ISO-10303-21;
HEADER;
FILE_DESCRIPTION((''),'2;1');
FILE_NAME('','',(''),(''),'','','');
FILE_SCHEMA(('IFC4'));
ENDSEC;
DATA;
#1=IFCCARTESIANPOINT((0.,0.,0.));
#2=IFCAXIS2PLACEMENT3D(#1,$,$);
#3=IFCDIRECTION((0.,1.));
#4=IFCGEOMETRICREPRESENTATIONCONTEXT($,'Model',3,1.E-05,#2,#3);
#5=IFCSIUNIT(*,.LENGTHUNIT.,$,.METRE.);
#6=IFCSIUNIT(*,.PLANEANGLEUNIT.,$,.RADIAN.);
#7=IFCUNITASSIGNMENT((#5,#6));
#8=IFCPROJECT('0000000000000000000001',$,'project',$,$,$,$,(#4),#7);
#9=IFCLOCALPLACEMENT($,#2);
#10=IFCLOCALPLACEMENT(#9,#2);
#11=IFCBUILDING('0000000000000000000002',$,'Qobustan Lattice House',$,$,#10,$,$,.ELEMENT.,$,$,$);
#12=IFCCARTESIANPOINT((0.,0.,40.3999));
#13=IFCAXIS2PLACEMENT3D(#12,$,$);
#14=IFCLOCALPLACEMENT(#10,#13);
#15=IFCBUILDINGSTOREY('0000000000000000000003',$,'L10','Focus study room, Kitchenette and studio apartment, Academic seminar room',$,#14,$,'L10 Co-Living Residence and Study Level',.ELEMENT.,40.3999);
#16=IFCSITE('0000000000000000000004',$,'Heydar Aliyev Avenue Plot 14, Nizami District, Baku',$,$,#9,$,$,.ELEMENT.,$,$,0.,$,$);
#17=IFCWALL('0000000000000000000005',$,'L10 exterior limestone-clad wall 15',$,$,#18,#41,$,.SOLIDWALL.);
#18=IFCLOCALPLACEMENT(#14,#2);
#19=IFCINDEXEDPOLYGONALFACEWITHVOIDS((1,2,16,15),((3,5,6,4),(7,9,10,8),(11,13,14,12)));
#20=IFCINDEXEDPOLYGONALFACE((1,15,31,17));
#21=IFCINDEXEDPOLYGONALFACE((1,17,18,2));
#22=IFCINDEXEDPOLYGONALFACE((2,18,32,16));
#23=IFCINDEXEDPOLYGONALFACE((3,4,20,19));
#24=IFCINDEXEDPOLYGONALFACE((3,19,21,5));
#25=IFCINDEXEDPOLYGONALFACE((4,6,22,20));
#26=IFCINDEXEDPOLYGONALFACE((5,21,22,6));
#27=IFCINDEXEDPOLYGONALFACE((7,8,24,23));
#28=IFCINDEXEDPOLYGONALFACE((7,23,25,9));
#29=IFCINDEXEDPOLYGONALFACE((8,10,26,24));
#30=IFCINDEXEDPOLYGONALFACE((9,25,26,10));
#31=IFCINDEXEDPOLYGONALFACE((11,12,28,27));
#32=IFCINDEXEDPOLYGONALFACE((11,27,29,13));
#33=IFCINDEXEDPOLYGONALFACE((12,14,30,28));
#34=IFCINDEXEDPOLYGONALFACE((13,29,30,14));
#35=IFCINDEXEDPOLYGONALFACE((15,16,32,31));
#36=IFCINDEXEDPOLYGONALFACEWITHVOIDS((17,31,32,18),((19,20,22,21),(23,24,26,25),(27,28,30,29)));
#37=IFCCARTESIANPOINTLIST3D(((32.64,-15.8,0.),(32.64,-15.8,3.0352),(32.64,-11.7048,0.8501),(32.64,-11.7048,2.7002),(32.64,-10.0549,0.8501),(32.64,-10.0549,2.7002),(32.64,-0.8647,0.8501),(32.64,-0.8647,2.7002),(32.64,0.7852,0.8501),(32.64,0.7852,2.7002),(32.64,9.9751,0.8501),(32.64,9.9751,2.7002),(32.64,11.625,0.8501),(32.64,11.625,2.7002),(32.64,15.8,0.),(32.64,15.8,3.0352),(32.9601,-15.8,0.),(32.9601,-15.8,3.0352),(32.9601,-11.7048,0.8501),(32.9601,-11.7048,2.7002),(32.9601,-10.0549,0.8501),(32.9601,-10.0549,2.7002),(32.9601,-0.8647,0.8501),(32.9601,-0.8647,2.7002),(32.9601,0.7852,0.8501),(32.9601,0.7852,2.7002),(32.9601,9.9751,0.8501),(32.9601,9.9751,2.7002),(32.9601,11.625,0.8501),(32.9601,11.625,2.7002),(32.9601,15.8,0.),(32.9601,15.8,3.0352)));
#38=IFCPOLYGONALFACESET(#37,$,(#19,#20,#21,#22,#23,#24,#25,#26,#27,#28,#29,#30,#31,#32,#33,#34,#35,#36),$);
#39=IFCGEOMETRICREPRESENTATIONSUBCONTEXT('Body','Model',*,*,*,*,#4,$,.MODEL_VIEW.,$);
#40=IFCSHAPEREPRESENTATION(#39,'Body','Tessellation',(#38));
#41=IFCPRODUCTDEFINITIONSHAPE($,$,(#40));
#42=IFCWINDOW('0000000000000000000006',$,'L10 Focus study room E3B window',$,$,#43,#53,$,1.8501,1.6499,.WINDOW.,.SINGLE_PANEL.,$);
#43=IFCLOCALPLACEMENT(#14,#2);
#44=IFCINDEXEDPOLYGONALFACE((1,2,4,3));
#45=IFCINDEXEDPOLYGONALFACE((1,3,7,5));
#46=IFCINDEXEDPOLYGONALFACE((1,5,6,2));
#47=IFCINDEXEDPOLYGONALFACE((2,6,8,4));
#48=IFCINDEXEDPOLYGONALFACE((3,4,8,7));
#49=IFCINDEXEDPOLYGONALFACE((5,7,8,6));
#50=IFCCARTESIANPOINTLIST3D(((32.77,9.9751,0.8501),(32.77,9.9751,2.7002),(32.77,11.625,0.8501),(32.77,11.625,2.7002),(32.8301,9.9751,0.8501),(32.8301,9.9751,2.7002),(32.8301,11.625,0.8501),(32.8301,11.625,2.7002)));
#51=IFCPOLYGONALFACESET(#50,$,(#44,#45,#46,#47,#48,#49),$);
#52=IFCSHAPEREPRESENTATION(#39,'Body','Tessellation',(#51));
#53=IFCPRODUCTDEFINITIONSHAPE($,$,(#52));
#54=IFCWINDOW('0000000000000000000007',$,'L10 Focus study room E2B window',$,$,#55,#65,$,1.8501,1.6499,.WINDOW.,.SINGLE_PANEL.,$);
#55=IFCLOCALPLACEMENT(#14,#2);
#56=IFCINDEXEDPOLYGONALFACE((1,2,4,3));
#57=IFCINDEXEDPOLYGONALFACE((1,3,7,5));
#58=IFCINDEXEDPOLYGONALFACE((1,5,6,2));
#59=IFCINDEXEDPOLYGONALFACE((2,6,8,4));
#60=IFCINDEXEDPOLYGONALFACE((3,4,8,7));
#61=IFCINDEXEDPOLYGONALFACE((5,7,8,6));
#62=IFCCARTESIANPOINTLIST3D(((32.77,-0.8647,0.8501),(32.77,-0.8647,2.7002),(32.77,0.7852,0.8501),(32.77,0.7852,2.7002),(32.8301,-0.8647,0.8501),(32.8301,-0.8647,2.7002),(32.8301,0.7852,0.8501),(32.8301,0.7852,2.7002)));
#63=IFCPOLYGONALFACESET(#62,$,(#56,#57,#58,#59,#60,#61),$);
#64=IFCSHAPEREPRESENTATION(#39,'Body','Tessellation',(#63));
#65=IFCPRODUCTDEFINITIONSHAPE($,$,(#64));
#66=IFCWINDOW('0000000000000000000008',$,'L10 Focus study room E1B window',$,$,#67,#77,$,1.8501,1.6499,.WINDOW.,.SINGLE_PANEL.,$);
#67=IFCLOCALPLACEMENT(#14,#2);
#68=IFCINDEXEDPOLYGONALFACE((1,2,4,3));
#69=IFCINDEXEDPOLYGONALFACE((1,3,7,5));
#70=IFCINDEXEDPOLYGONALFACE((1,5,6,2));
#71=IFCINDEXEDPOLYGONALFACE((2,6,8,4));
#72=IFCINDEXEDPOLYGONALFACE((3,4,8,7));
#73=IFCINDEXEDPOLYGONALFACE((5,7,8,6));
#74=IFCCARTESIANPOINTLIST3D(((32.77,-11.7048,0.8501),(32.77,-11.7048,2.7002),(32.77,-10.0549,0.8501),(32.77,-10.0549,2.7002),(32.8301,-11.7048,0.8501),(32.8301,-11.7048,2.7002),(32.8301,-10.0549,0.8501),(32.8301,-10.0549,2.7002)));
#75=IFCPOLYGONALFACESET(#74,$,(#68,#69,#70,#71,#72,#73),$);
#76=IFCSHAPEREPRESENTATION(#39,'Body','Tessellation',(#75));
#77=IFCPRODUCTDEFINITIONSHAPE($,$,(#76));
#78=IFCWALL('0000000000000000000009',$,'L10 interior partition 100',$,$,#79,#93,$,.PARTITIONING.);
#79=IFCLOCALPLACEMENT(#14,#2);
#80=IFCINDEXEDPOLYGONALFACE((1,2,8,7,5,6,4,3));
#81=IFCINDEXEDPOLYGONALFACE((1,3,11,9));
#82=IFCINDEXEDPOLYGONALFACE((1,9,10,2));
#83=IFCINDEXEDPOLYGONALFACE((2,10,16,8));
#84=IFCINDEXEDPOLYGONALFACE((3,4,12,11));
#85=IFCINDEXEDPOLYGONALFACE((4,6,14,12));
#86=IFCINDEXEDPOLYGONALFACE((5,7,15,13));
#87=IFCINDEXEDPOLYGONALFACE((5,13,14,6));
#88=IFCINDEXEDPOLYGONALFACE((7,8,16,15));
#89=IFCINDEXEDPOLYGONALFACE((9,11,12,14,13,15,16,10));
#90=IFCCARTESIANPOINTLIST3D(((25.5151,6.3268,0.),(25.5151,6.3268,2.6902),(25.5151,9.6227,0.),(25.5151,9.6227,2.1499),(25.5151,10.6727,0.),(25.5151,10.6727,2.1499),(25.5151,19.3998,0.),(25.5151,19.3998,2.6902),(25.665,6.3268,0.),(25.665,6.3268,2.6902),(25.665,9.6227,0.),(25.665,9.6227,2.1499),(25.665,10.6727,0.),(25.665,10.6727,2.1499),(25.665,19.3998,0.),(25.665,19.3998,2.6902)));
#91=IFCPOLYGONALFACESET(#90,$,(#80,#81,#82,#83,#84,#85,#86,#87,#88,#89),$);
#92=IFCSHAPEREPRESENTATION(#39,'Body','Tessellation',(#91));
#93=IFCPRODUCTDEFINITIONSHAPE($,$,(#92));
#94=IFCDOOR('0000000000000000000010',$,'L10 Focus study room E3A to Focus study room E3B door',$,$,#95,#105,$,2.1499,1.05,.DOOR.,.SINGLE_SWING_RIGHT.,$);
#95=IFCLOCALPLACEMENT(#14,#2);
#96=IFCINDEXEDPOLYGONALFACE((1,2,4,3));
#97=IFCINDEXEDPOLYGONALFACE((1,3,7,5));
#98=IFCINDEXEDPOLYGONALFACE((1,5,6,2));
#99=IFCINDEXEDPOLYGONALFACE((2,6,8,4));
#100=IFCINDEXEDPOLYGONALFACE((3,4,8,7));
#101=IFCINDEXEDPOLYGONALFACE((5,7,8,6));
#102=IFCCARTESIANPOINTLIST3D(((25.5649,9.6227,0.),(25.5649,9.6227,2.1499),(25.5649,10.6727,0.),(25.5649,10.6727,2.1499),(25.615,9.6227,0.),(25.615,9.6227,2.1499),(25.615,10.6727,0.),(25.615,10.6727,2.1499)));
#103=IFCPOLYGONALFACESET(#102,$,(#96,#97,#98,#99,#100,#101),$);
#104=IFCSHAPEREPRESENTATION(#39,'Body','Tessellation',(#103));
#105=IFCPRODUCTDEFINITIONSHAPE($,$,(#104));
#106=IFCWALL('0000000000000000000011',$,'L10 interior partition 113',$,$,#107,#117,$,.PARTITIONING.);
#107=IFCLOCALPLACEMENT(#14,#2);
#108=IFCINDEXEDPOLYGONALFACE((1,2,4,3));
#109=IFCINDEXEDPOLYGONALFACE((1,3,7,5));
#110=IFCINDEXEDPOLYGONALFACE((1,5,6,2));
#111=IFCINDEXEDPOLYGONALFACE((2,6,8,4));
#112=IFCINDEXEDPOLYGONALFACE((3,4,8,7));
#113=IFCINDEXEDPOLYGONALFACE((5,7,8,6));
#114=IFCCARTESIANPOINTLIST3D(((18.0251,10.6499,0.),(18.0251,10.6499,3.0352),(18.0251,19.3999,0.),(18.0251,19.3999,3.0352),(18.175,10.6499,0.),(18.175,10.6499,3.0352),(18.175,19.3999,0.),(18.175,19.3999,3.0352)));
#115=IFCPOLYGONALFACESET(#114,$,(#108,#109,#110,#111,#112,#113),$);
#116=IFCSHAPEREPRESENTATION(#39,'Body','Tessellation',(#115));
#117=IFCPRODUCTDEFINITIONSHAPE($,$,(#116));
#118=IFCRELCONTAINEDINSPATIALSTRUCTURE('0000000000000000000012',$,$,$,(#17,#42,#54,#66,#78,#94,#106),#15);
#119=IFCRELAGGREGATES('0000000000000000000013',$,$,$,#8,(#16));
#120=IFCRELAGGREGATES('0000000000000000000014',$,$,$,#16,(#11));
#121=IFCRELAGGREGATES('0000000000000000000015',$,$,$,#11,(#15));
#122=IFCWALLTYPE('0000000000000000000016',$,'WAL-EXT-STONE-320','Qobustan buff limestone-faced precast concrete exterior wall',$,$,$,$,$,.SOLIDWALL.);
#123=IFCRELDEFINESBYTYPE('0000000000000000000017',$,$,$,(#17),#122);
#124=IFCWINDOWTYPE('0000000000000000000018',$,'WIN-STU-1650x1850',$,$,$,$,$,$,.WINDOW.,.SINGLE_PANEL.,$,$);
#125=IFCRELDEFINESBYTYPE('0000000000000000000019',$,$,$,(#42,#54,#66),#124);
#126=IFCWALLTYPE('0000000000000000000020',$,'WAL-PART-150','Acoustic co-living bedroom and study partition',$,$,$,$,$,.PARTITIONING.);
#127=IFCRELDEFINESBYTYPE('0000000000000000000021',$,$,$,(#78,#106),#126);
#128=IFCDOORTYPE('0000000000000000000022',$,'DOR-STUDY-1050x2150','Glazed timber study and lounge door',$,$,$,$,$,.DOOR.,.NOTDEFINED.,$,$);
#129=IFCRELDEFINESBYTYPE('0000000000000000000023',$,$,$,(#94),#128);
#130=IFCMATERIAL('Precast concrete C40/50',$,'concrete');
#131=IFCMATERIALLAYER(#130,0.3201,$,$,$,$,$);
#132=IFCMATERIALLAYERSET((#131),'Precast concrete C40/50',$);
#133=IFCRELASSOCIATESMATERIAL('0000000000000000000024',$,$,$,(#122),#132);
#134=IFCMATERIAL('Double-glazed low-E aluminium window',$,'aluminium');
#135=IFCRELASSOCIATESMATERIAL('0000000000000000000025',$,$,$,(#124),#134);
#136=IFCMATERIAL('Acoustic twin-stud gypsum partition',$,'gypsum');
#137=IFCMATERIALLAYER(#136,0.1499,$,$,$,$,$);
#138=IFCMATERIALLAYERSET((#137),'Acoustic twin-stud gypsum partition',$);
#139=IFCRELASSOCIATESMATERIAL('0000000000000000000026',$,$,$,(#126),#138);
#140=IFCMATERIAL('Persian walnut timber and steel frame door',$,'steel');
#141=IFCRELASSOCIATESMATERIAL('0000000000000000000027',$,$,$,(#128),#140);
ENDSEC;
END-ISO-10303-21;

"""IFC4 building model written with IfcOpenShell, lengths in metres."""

from ifc_helpers import new_model, si_unit, direction, frame, frame_2d, origin, place, context, subcontext, project, spatial, rectangle, extrude, material, layer, layer_set, type_object, element, fill, save


model = new_model("IFC4")

# Units and contexts
model_context = context("Model", 3, precision=1e-05, world=origin(), true_north=direction((0.0, 1.0)))
body_context = subcontext(model_context, "Body", "Model", "MODEL_VIEW")
ifc_project = project(units=[si_unit("LENGTHUNIT", "METRE"), si_unit("PLANEANGLEUNIT", "RADIAN")], contexts=[model_context])

# Site, building, storey
site_placement = place(None, origin())
site = spatial("IfcSite", under=ifc_project, at=site_placement, Name="Heydar Aliyev Avenue Plot 14, Nizami District, Baku", CompositionType="ELEMENT", RefElevation=0.0)
building_placement = place(site_placement, origin())
building = spatial("IfcBuilding", under=site, at=building_placement, Name="Qobustan Lattice House", CompositionType="ELEMENT")
storey_placement = place(building_placement, frame((0.0, 0.0, 40.3999)))
storey = spatial("IfcBuildingStorey", under=building, at=storey_placement, Name="L10", Description="Focus study room, Kitchenette and studio apartment, Academic seminar room", LongName="L10 Co-Living Residence and Study Level", CompositionType="ELEMENT", Elevation=40.3999)

# Shared definitions
ifc_material_1 = material(Name="Precast concrete C40/50", Category="concrete")
ifc_layer_1 = layer(ifc_material_1, 0.3201)
ifc_layer_set_1 = layer_set([ifc_layer_1], Name="Precast concrete C40/50")
wall_type_1 = type_object("IfcWallType", Name="WAL-EXT-STONE-320", Description="Qobustan buff limestone-faced precast concrete exterior wall", PredefinedType="SOLIDWALL", material=ifc_layer_set_1)

# Wall, openings, windows
wall_1_placement = place(storey_placement, frame((32.8, 15.8, 0.0), z_axis=(0.0, 0.0, 1.0), x_axis=(0.0, -1.0, 0.0)))
wall_1 = element("IfcWall", 1, at=wall_1_placement, inside=storey, type_object=wall_type_1, Name="L10 exterior limestone-clad wall 15", PredefinedType="SOLIDWALL", context=body_context, shape_type="SweptSolid", body=[
    extrude(rectangle(XDim=31.6001, YDim=0.3201, at=frame_2d((15.8, 0.0))), origin(), (0.0, 0.0, 1.0), 3.0352),
])
opening_1_placement = place(wall_1_placement, frame((4.175, 0.0, 0.8501)))
opening_1 = element("IfcOpeningElement", 2, at=opening_1_placement, cuts=wall_1, PredefinedType="OPENING", context=body_context, shape_type="SweptSolid", body=[
    extrude(rectangle(XDim=1.6499, YDim=1.8501, at=frame_2d((0.825, 0.925))), frame((0.0, 0.1699, 0.0), z_axis=(0.0, -1.0, 0.0), x_axis=(1.0, 0.0, 0.0)), (0.0, 0.0, 1.0), 0.3401),
])
opening_2_placement = place(wall_1_placement, frame((15.0149, 0.0, 0.8501)))
opening_2 = element("IfcOpeningElement", 3, at=opening_2_placement, cuts=wall_1, PredefinedType="OPENING", context=body_context, shape_type="SweptSolid", body=[
    extrude(rectangle(XDim=1.6499, YDim=1.8501, at=frame_2d((0.825, 0.925))), frame((0.0, 0.1699, 0.0), z_axis=(0.0, -1.0, 0.0), x_axis=(1.0, 0.0, 0.0)), (0.0, 0.0, 1.0), 0.3401),
])
opening_3_placement = place(wall_1_placement, frame((25.855, 0.0, 0.8501)))
opening_3 = element("IfcOpeningElement", 4, at=opening_3_placement, cuts=wall_1, PredefinedType="OPENING", context=body_context, shape_type="SweptSolid", body=[
    extrude(rectangle(XDim=1.6499, YDim=1.8501, at=frame_2d((0.825, 0.925))), frame((0.0, 0.1699, 0.0), z_axis=(0.0, -1.0, 0.0), x_axis=(1.0, 0.0, 0.0)), (0.0, 0.0, 1.0), 0.3401),
])
ifc_material_2 = material(Name="Double-glazed low-E aluminium window", Category="aluminium")
window_type = type_object("IfcWindowType", Name="WIN-STU-1650x1850", PartitioningType="SINGLE_PANEL", PredefinedType="WINDOW", material=ifc_material_2)
window_1_placement = place(opening_1_placement, origin())
window_1 = element("IfcWindow", 5, at=window_1_placement, inside=storey, type_object=window_type, Name="L10 Focus study room E3B window", OverallHeight=1.8501, OverallWidth=1.6499, PartitioningType="SINGLE_PANEL", PredefinedType="WINDOW", context=body_context, shape_type="SweptSolid", body=[
    extrude(rectangle(XDim=1.6499, YDim=1.8501, at=frame_2d((0.825, 0.925))), frame((0.0, 0.03, 0.0), z_axis=(0.0, -1.0, 0.0), x_axis=(1.0, 0.0, 0.0)), (0.0, 0.0, 1.0), 0.0601),
])
fill(opening_1, window_1)
window_2_placement = place(opening_2_placement, origin())
window_2 = element("IfcWindow", 6, at=window_2_placement, inside=storey, type_object=window_type, Name="L10 Focus study room E2B window", OverallHeight=1.8501, OverallWidth=1.6499, PartitioningType="SINGLE_PANEL", PredefinedType="WINDOW", context=body_context, shape_type="SweptSolid", body=[
    extrude(rectangle(XDim=1.6499, YDim=1.8501, at=frame_2d((0.825, 0.925))), frame((0.0, 0.03, 0.0), z_axis=(0.0, -1.0, 0.0), x_axis=(1.0, 0.0, 0.0)), (0.0, 0.0, 1.0), 0.0601),
])
fill(opening_2, window_2)
window_3_placement = place(opening_3_placement, origin())
window_3 = element("IfcWindow", 7, at=window_3_placement, inside=storey, type_object=window_type, Name="L10 Focus study room E1B window", OverallHeight=1.8501, OverallWidth=1.6499, PartitioningType="SINGLE_PANEL", PredefinedType="WINDOW", context=body_context, shape_type="SweptSolid", body=[
    extrude(rectangle(XDim=1.6499, YDim=1.8501, at=frame_2d((0.825, 0.925))), frame((0.0, 0.03, 0.0), z_axis=(0.0, -1.0, 0.0), x_axis=(1.0, 0.0, 0.0)), (0.0, 0.0, 1.0), 0.0601),
])
fill(opening_3, window_3)

# Wall, opening, door
ifc_material_3 = material(Name="Acoustic twin-stud gypsum partition", Category="gypsum")
ifc_layer_2 = layer(ifc_material_3, 0.1499)
ifc_layer_set_2 = layer_set([ifc_layer_2], Name="Acoustic twin-stud gypsum partition")
wall_type_2 = type_object("IfcWallType", Name="WAL-PART-150", Description="Acoustic co-living bedroom and study partition", PredefinedType="PARTITIONING", material=ifc_layer_set_2)
wall_2_placement = place(storey_placement, frame((25.5901, 19.3999, 0.0), z_axis=(0.0, 0.0, 1.0), x_axis=(0.0, -1.0, 0.0)))
wall_2 = element("IfcWall", 8, at=wall_2_placement, inside=storey, type_object=wall_type_2, Name="L10 interior partition 100", PredefinedType="PARTITIONING", context=body_context, shape_type="SweptSolid", body=[
    extrude(rectangle(XDim=13.073, YDim=0.1499, at=frame_2d((6.5366, 0.0))), origin(), (0.0, 0.0, 1.0), 2.6902),
])
opening_4_placement = place(wall_2_placement, frame((8.7273, 0.0, 0.0)))
opening_4 = element("IfcOpeningElement", 9, at=opening_4_placement, cuts=wall_2, PredefinedType="OPENING", context=body_context, shape_type="SweptSolid", body=[
    extrude(rectangle(XDim=1.05, YDim=2.1499, at=frame_2d((0.5249, 1.075))), frame((0.0, 0.085, 0.0), z_axis=(0.0, -1.0, 0.0), x_axis=(1.0, 0.0, 0.0)), (0.0, 0.0, 1.0), 0.1699),
])
ifc_material_4 = material(Name="Persian walnut timber and steel frame door", Category="steel")
door_type = type_object("IfcDoorType", Name="DOR-STUDY-1050x2150", Description="Glazed timber study and lounge door", OperationType="NOTDEFINED", PredefinedType="DOOR", material=ifc_material_4)
door_placement = place(opening_4_placement, origin())
door = element("IfcDoor", 10, at=door_placement, inside=storey, type_object=door_type, Name="L10 Focus study room E3A to Focus study room E3B door", OperationType="SINGLE_SWING_RIGHT", OverallHeight=2.1499, OverallWidth=1.05, PredefinedType="DOOR", context=body_context, shape_type="SweptSolid", body=[
    extrude(rectangle(XDim=1.05, YDim=2.1499, at=frame_2d((0.5249, 1.075))), frame((0.0, 0.0249, 0.0), z_axis=(0.0, -1.0, 0.0), x_axis=(1.0, 0.0, 0.0)), (0.0, 0.0, 1.0), 0.05),
])
fill(opening_4, door)

# Wall
wall_3_placement = place(storey_placement, frame((18.1001, 19.3999, 0.0), z_axis=(0.0, 0.0, 1.0), x_axis=(0.0, -1.0, 0.0)))
element("IfcWall", 11, at=wall_3_placement, inside=storey, type_object=wall_type_2, Name="L10 interior partition 113", PredefinedType="PARTITIONING", context=body_context, shape_type="SweptSolid", body=[
    extrude(rectangle(XDim=8.75, YDim=0.1499, at=frame_2d((4.375, 0.0))), origin(), (0.0, 0.0, 1.0), 3.0352),
])

save(model, "model.ifc")
